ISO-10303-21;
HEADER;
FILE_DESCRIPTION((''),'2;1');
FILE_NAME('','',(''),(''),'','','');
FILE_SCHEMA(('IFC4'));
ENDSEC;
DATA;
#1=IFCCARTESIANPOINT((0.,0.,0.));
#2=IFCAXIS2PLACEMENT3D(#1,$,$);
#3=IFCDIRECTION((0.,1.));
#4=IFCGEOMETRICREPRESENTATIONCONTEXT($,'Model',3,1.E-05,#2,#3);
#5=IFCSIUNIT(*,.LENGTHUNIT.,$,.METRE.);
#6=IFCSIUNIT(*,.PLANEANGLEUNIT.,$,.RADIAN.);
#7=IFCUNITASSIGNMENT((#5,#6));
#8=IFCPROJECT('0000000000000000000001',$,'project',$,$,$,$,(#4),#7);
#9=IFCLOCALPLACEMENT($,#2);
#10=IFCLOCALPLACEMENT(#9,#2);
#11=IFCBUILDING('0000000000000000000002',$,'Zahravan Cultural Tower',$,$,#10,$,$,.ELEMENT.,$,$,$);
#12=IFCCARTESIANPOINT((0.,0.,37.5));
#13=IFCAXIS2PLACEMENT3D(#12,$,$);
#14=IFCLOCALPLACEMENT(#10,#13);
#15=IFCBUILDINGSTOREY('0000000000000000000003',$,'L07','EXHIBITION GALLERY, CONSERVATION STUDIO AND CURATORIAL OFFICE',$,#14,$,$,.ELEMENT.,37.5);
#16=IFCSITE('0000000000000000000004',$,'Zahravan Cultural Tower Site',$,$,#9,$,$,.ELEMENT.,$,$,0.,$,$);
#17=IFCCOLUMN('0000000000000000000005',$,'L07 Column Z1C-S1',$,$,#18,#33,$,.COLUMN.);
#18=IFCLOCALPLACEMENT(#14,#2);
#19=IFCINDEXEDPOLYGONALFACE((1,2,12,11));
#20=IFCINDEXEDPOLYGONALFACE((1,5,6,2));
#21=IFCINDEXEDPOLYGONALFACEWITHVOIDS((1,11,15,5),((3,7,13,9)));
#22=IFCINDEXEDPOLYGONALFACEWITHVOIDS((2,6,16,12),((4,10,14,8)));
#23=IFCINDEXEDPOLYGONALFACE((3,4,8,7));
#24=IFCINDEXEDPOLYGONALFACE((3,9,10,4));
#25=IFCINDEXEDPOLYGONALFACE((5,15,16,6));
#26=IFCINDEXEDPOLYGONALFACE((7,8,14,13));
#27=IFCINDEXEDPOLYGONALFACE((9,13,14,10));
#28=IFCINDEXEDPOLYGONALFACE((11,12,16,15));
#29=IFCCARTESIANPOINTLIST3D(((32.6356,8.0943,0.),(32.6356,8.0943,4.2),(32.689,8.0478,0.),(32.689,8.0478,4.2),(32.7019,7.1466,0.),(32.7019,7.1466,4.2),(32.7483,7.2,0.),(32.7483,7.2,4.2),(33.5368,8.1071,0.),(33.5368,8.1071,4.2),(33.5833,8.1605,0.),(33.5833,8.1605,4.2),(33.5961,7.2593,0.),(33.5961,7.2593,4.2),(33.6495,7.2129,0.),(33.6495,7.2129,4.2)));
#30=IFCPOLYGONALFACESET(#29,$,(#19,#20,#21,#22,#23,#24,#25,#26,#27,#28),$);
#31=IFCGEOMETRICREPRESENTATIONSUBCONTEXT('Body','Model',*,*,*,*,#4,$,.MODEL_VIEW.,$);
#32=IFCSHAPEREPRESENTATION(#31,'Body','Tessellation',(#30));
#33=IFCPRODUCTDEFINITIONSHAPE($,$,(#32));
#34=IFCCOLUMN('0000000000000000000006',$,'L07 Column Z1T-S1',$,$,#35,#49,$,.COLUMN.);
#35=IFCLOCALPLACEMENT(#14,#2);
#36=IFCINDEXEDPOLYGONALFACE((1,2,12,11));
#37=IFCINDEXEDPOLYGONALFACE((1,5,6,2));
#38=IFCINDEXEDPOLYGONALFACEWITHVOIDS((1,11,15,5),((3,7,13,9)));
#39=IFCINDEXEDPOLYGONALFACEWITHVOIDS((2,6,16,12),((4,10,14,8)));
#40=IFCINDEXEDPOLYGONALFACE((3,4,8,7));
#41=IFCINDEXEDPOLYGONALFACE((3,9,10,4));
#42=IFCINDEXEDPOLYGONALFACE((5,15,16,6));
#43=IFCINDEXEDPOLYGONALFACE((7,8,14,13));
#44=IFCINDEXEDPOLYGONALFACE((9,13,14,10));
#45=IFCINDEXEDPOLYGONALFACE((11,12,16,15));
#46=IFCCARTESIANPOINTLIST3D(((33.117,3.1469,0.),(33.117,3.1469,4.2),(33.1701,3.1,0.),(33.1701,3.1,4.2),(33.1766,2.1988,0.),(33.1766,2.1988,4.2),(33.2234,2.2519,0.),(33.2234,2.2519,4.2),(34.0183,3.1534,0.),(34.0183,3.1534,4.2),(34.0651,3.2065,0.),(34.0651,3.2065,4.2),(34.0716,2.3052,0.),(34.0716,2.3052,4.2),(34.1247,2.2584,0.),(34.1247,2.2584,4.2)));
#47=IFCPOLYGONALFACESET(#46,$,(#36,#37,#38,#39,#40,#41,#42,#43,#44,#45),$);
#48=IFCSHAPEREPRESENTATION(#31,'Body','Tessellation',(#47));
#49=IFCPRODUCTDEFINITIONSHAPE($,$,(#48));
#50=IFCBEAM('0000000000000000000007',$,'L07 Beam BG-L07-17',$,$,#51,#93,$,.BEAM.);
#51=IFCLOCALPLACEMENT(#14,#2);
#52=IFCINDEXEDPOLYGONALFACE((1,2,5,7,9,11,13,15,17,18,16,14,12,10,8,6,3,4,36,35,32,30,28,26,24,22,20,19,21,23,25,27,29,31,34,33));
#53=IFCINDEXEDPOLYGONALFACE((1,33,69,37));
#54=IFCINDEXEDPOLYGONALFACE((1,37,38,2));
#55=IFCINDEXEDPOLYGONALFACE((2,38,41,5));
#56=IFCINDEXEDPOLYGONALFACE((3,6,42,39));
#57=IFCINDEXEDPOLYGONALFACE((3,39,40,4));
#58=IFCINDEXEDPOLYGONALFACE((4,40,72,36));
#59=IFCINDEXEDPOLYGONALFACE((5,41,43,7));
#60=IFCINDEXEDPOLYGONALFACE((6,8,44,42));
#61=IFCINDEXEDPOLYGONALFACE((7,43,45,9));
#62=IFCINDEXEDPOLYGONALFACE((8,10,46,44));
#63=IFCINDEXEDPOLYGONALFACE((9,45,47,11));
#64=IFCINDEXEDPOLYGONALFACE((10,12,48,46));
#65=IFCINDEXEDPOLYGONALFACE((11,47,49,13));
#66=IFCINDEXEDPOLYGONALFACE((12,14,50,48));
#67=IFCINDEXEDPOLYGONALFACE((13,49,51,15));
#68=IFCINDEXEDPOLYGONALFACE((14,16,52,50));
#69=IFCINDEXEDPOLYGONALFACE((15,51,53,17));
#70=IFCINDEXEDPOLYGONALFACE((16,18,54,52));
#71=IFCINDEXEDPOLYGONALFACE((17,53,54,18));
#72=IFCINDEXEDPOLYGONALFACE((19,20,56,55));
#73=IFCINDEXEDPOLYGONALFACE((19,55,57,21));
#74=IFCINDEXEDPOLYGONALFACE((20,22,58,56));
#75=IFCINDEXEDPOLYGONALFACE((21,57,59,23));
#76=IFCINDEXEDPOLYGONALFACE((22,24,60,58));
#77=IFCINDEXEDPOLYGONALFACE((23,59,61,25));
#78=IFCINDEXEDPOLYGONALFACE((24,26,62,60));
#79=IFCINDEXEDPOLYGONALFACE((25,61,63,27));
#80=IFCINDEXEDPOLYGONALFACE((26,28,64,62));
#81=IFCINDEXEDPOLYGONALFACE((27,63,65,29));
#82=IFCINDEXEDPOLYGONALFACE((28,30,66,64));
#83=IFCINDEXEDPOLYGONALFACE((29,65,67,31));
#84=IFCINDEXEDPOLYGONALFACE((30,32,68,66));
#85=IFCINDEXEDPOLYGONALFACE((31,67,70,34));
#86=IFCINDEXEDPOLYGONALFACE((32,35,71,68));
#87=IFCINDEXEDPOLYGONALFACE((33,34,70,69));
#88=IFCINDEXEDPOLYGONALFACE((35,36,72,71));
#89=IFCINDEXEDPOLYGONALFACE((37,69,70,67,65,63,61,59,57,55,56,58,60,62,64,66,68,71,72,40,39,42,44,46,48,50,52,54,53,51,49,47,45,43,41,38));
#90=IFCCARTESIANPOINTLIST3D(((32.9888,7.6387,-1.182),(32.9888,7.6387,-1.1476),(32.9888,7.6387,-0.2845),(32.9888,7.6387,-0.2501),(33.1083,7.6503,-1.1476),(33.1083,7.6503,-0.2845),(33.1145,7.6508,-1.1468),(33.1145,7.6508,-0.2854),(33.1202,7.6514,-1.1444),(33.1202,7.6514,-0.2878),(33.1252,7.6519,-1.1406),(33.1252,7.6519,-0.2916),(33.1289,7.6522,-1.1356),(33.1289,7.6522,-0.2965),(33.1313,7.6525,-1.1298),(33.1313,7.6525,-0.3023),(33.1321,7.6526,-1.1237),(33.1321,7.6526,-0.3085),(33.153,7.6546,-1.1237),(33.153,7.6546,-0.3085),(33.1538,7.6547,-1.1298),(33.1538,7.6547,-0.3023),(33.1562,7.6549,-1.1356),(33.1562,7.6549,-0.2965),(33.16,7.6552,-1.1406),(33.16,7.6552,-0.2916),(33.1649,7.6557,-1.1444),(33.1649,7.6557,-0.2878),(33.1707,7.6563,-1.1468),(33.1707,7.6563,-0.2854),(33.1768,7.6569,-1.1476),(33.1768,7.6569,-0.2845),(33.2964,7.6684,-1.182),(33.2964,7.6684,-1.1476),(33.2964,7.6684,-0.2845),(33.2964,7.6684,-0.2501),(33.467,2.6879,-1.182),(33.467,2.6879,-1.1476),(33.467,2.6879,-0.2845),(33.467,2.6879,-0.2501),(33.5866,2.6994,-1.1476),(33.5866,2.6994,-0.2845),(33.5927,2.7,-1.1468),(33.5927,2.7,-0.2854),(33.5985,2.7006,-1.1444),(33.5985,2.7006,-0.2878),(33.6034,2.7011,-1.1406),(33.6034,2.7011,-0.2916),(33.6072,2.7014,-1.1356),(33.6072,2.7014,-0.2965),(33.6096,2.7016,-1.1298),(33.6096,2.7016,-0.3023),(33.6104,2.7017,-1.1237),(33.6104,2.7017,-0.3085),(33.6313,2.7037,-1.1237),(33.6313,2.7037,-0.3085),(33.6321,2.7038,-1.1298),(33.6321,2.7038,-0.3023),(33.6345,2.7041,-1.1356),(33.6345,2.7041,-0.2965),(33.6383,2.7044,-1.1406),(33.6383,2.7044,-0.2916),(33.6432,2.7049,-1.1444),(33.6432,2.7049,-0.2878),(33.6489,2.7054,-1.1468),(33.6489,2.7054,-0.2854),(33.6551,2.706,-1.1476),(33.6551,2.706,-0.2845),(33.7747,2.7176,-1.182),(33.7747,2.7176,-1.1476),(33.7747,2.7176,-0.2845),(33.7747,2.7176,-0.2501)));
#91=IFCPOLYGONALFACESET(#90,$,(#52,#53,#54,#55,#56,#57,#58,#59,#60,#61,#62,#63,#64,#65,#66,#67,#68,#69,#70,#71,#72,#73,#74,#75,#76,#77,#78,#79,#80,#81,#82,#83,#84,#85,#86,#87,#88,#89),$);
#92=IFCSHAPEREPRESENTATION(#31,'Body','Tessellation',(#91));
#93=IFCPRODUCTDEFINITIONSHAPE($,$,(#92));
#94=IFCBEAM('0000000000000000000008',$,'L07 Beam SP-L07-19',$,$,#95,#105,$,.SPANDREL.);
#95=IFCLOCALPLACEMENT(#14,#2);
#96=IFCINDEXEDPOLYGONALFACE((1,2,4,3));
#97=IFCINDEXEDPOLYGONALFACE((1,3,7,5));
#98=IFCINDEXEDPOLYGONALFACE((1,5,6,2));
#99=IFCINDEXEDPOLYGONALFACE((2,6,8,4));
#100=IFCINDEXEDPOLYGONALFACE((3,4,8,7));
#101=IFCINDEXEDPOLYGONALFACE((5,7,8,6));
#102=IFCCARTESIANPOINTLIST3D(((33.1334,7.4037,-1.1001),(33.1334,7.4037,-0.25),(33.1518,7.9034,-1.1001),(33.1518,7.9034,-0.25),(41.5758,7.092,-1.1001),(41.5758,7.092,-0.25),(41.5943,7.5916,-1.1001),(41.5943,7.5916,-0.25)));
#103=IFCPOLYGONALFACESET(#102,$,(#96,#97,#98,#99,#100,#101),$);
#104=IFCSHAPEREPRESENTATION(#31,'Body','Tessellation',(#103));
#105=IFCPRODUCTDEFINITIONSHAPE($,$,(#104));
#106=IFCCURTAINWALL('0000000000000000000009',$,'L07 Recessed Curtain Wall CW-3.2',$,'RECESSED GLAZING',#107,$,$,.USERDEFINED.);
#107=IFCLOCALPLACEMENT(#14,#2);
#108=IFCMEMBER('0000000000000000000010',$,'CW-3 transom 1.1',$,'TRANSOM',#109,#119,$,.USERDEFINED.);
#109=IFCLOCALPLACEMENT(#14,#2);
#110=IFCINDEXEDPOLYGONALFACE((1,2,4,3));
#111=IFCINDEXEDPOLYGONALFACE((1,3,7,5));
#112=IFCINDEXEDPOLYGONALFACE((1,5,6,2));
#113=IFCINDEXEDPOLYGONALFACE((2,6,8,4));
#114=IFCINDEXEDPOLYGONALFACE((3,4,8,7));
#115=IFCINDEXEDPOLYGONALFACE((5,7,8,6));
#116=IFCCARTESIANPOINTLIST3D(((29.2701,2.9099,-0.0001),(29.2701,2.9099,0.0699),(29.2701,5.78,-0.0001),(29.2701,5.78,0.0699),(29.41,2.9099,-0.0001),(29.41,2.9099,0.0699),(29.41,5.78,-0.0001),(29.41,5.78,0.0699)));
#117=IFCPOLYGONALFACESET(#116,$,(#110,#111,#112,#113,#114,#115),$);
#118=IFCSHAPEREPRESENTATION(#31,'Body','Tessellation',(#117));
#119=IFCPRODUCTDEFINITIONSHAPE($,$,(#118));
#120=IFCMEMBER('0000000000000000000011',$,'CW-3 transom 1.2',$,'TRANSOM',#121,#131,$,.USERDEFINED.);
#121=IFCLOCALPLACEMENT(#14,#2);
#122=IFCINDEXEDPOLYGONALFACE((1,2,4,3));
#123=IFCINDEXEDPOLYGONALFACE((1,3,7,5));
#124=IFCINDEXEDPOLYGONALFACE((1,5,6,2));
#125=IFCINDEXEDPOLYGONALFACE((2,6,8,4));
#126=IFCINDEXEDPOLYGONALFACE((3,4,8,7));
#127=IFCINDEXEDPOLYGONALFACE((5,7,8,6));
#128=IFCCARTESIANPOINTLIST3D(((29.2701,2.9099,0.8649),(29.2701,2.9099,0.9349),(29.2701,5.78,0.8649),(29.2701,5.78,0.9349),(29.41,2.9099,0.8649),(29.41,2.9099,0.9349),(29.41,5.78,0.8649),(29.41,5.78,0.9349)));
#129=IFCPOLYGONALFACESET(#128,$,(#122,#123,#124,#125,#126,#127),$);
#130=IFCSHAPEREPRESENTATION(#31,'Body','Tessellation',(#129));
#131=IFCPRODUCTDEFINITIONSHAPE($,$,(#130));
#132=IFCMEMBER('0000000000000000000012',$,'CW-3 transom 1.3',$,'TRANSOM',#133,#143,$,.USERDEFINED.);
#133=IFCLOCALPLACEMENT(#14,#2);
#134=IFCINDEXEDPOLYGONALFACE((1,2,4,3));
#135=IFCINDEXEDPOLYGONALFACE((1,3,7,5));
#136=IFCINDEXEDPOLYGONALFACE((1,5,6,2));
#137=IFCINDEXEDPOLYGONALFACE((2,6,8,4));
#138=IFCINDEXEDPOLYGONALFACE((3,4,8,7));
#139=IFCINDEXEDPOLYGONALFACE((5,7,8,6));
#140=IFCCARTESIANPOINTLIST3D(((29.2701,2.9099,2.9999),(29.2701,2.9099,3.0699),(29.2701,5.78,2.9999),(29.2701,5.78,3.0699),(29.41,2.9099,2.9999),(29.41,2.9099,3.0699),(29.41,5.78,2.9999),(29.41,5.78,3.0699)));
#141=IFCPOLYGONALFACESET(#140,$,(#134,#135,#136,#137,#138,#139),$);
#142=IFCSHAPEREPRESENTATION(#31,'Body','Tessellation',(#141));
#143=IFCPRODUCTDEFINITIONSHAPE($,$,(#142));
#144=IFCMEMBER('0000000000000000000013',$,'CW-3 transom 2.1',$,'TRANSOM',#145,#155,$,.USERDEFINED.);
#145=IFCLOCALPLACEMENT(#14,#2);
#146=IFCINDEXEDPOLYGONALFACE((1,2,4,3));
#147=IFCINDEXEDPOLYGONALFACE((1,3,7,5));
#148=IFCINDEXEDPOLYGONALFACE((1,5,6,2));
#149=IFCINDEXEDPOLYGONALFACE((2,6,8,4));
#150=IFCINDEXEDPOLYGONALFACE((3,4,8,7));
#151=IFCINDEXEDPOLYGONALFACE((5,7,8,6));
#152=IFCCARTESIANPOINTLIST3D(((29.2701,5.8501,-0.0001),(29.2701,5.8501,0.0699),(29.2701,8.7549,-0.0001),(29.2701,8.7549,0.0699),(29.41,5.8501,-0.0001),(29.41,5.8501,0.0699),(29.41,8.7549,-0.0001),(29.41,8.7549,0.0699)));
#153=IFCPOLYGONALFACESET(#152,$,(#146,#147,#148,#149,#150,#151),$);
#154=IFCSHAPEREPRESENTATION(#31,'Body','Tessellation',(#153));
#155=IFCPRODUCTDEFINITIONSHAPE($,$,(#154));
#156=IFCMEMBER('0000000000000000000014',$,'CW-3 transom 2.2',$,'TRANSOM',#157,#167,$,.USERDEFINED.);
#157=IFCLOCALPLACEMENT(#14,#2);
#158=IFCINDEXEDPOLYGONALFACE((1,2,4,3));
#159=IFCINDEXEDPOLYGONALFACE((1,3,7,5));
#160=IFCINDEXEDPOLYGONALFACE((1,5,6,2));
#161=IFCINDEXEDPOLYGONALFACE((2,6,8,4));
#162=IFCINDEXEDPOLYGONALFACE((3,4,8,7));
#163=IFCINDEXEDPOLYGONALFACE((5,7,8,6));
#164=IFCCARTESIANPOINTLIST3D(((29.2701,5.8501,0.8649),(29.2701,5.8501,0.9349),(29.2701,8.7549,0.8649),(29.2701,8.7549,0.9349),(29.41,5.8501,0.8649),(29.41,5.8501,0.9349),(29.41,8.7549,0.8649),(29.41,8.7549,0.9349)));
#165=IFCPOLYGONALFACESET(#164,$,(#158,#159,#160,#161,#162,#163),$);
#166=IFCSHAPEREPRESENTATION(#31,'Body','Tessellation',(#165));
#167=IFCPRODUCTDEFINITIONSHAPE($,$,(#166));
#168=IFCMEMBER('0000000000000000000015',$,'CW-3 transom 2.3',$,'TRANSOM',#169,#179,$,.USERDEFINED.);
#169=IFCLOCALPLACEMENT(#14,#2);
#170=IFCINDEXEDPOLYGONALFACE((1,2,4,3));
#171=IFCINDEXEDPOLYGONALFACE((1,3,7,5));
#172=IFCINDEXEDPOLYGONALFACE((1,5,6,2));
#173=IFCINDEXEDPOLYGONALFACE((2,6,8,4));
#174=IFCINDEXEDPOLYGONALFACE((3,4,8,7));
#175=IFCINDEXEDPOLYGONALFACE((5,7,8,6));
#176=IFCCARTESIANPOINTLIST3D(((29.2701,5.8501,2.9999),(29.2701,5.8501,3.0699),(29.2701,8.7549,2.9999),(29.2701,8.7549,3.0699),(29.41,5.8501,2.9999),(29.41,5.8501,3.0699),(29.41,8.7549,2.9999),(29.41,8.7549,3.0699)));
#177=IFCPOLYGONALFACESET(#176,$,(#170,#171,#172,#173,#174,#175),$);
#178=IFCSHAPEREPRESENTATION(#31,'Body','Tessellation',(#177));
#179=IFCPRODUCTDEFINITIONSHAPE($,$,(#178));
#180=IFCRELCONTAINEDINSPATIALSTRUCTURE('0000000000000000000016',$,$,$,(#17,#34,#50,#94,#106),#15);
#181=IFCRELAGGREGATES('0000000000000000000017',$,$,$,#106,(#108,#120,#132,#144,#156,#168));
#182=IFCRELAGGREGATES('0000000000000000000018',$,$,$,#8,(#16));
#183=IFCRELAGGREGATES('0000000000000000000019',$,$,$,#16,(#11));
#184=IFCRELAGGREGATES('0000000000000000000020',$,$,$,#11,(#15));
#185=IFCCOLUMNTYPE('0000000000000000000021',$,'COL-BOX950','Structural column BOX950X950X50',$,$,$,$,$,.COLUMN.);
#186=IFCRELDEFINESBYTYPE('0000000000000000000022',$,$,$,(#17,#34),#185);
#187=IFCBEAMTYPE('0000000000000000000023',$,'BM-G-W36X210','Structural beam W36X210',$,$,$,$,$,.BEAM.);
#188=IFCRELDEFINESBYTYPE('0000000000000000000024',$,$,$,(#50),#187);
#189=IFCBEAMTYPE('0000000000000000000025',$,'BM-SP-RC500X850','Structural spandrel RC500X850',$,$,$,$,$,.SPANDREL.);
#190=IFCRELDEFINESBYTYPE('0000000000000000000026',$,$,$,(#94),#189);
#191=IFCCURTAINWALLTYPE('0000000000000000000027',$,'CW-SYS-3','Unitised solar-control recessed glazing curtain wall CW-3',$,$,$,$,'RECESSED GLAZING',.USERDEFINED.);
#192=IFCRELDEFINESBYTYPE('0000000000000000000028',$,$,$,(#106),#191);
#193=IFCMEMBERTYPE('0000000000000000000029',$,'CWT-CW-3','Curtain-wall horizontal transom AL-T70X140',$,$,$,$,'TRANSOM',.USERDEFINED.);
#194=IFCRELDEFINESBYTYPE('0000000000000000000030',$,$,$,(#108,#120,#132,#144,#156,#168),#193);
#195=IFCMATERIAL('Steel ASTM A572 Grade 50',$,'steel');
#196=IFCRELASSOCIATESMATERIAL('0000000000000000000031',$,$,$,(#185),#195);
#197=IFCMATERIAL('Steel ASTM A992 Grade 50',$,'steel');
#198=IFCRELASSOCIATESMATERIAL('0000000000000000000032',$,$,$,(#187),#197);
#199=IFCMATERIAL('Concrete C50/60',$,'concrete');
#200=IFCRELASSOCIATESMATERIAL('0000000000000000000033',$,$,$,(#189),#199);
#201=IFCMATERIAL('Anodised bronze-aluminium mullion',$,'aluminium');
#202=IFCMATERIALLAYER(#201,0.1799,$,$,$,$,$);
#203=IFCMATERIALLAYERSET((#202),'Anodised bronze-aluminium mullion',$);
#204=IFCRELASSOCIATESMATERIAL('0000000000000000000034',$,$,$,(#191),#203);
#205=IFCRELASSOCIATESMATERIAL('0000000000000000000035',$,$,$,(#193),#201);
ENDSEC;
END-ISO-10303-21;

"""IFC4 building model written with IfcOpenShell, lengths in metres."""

from ifc_helpers import new_model, si_unit, direction, frame, origin, origin_2d, place, context, subcontext, project, spatial, rectangle, hollow_rectangle, i_section, extrude, source, transform, mapped, material, layer, layer_set, material_profile, profile_set, type_object, element, aggregate, save


model = new_model("IFC4")

# Units and contexts
model_context = context("Model", 3, precision=1e-05, world=origin(), true_north=direction((0.0, 1.0)))
body_context = subcontext(model_context, "Body", "Model", "MODEL_VIEW")
ifc_project = project(units=[si_unit("LENGTHUNIT", "METRE"), si_unit("PLANEANGLEUNIT", "RADIAN")], contexts=[model_context])

# Site, building, storey
site_placement = place(None, origin())
site = spatial("IfcSite", under=ifc_project, at=site_placement, Name="Zahravan Cultural Tower Site", CompositionType="ELEMENT", RefElevation=0.0)
building_placement = place(site_placement, origin())
building = spatial("IfcBuilding", under=site, at=building_placement, Name="Zahravan Cultural Tower", CompositionType="ELEMENT")
storey_placement = place(building_placement, frame((0.0, 0.0, 37.5)))
storey = spatial("IfcBuildingStorey", under=building, at=storey_placement, Name="L07", Description="EXHIBITION GALLERY, CONSERVATION STUDIO AND CURATORIAL OFFICE", CompositionType="ELEMENT", Elevation=37.5)

# Columns
ifc_material_1 = material(Name="Steel ASTM A572 Grade 50", Category="steel")
ifc_material_profile_1 = material_profile(ifc_material_1, hollow_rectangle(XDim=0.95, YDim=0.95, WallThickness=0.05, at=origin_2d()), Name="BOX950X950X50")
ifc_profile_set_1 = profile_set([ifc_material_profile_1], Name="Steel ASTM A572 Grade 50")
column_type = type_object("IfcColumnType", Name="COL-BOX950", Description="Structural column BOX950X950X50", PredefinedType="COLUMN", material=ifc_profile_set_1)
shared_shape_1 = source(origin(), body_context, "Body", "SweptSolid", [
    extrude(hollow_rectangle(XDim=0.95, YDim=0.95, WallThickness=0.05, at=origin_2d()), origin(), (0.0, 0.0, 1.0), 4.2),
])
for number, where, z_axis, x_axis, name in (
    (1, (33.1426, 7.6536, 0.0), (0.0, 0.0, 1.0), (-0.069756, 0.997564, 0.0), "L07 Column Z1C-S1"),
    (2, (33.6208, 2.7026, 0.0), (0.0, 0.0, 1.0), (-0.062791, 0.998027, 0.0), "L07 Column Z1T-S1"),
):
    element("IfcColumn", number, at=place(storey_placement, frame(where, z_axis=z_axis, x_axis=x_axis)), inside=storey, type_object=column_type, Name=name, PredefinedType="COLUMN", context=body_context, shape_type="MappedRepresentation", body=[
        mapped(shared_shape_1, transform((0.0, 0.0, 0.0), x_axis=(1.0, 0.0, 0.0), y_axis=(0.0, 1.0, 0.0), z_axis=(0.0, 0.0, 1.0), scale=1.0)),
    ])

# Beams
ifc_material_2 = material(Name="Steel ASTM A992 Grade 50", Category="steel")
ifc_material_profile_2 = material_profile(ifc_material_2, i_section(OverallWidth=0.3091, OverallDepth=0.9319, WebThickness=0.021, FlangeThickness=0.0344, FilletRadius=0.0239, at=origin_2d()), Name="W36X210")
ifc_profile_set_2 = profile_set([ifc_material_profile_2], Name="Steel ASTM A992 Grade 50")
beam_type_1 = type_object("IfcBeamType", Name="BM-G-W36X210", Description="Structural beam W36X210", PredefinedType="BEAM", material=ifc_profile_set_2)
shared_shape_2 = source(origin(), body_context, "Body", "SweptSolid", [
    extrude(i_section(OverallWidth=0.3091, OverallDepth=0.9319, WebThickness=0.021, FlangeThickness=0.0344, FilletRadius=0.0239, at=origin_2d()), origin(), (0.0, 0.0, 1.0), 4.9739),
])
beam_1_placement = place(storey_placement, frame((33.1426, 7.6536, -0.7161), z_axis=(0.096155, -0.995366, 0.0), x_axis=(0.995366, 0.096155, 0.0)))
element("IfcBeam", 3, at=beam_1_placement, inside=storey, type_object=beam_type_1, Name="L07 Beam BG-L07-17", PredefinedType="BEAM", context=body_context, shape_type="MappedRepresentation", body=[
    mapped(shared_shape_2, transform((0.0, 0.0, 0.0), x_axis=(1.0, 0.0, 0.0), y_axis=(0.0, 1.0, 0.0), z_axis=(0.0, 0.0, 1.0), scale=1.0)),
])
ifc_material_3 = material(Name="Concrete C50/60", Category="concrete")
ifc_material_profile_3 = material_profile(ifc_material_3, rectangle(XDim=0.5, YDim=0.8501, at=origin_2d()), Name="RC500X850")
ifc_profile_set_3 = profile_set([ifc_material_profile_3], Name="Concrete C50/60")
beam_type_2 = type_object("IfcBeamType", Name="BM-SP-RC500X850", Description="Structural spandrel RC500X850", PredefinedType="SPANDREL", material=ifc_profile_set_3)
shared_shape_3 = source(origin(), body_context, "Body", "SweptSolid", [
    extrude(rectangle(XDim=0.5, YDim=0.8501, at=origin_2d()), origin(), (0.0, 0.0, 1.0), 8.4482),
])
beam_2_placement = place(storey_placement, frame((33.1426, 7.6536, -0.675), z_axis=(0.999319, -0.036904, 0.0), x_axis=(0.036904, 0.999319, 0.0)))
element("IfcBeam", 4, at=beam_2_placement, inside=storey, type_object=beam_type_2, Name="L07 Beam SP-L07-19", PredefinedType="SPANDREL", context=body_context, shape_type="MappedRepresentation", body=[
    mapped(shared_shape_3, transform((0.0, 0.0, 0.0), x_axis=(1.0, 0.0, 0.0), y_axis=(0.0, 1.0, 0.0), z_axis=(0.0, 0.0, 1.0), scale=1.0)),
])

# Curtain wall, members
ifc_material_4 = material(Name="Anodised bronze-aluminium mullion", Category="aluminium")
ifc_layer_1 = layer(ifc_material_4, 0.1799)
ifc_layer_set_1 = layer_set([ifc_layer_1], Name="Anodised bronze-aluminium mullion")
curtain_wall_type = type_object("IfcCurtainWallType", Name="CW-SYS-3", Description="Unitised solar-control recessed glazing curtain wall CW-3", ElementType="RECESSED GLAZING", PredefinedType="USERDEFINED", material=ifc_layer_set_1)
curtain_wall_placement = place(storey_placement, origin())
curtain_wall = element("IfcCurtainWall", 5, at=curtain_wall_placement, inside=storey, type_object=curtain_wall_type, Name="L07 Recessed Curtain Wall CW-3.2", ObjectType="RECESSED GLAZING", PredefinedType="USERDEFINED")
ifc_material_profile_4 = material_profile(ifc_material_4, rectangle(XDim=0.1399, YDim=0.0701, at=origin_2d()), Name="AL-T70X140")
ifc_profile_set_4 = profile_set([ifc_material_profile_4], Name="Anodised bronze-aluminium mullion")
member_type_1 = type_object("IfcMemberType", Name="CWT-CW-3", Description="Curtain-wall horizontal transom AL-T70X140", ElementType="TRANSOM", PredefinedType="USERDEFINED", material=ifc_profile_set_4)
shared_shape_4 = source(origin(), body_context, "Body", "SweptSolid", [
    extrude(rectangle(XDim=0.1399, YDim=0.0701, at=origin_2d()), origin(), (0.0, 0.0, 1.0), 2.8701),
])
member_1_placement = place(storey_placement, frame((29.3401, 2.9099, 0.0349), z_axis=(0.0, 1.0, 0.0), x_axis=(-1.0, 0.0, 0.0)))
member_1 = element("IfcMember", 6, at=member_1_placement, type_object=member_type_1, Name="CW-3 transom 1.1", ObjectType="TRANSOM", PredefinedType="USERDEFINED", context=body_context, shape_type="MappedRepresentation", body=[
    mapped(shared_shape_4, transform((0.0, 0.0, 0.0), x_axis=(1.0, 0.0, 0.0), y_axis=(0.0, 1.0, 0.0), z_axis=(0.0, 0.0, 1.0), scale=1.0)),
])
member_2_placement = place(storey_placement, frame((29.3401, 2.9099, 0.8999), z_axis=(0.0, 1.0, 0.0), x_axis=(-1.0, 0.0, 0.0)))
member_2 = element("IfcMember", 7, at=member_2_placement, type_object=member_type_1, Name="CW-3 transom 1.2", ObjectType="TRANSOM", PredefinedType="USERDEFINED", context=body_context, shape_type="MappedRepresentation", body=[
    mapped(shared_shape_4, transform((0.0, 0.0, 0.0), x_axis=(1.0, 0.0, 0.0), y_axis=(0.0, 1.0, 0.0), z_axis=(0.0, 0.0, 1.0), scale=1.0)),
])
member_3_placement = place(storey_placement, frame((29.3401, 2.9099, 3.0349), z_axis=(0.0, 1.0, 0.0), x_axis=(-1.0, 0.0, 0.0)))
member_3 = element("IfcMember", 8, at=member_3_placement, type_object=member_type_1, Name="CW-3 transom 1.3", ObjectType="TRANSOM", PredefinedType="USERDEFINED", context=body_context, shape_type="MappedRepresentation", body=[
    mapped(shared_shape_4, transform((0.0, 0.0, 0.0), x_axis=(1.0, 0.0, 0.0), y_axis=(0.0, 1.0, 0.0), z_axis=(0.0, 0.0, 1.0), scale=1.0)),
])
shared_shape_5 = source(origin(), body_context, "Body", "SweptSolid", [
    extrude(rectangle(XDim=0.1399, YDim=0.0701, at=origin_2d()), origin(), (0.0, 0.0, 1.0), 2.9048),
])
member_4_placement = place(storey_placement, frame((29.3401, 5.8501, 0.0349), z_axis=(0.0, 1.0, 0.0), x_axis=(-1.0, 0.0, 0.0)))
member_4 = element("IfcMember", 9, at=member_4_placement, type_object=member_type_1, Name="CW-3 transom 2.1", ObjectType="TRANSOM", PredefinedType="USERDEFINED", context=body_context, shape_type="MappedRepresentation", body=[
    mapped(shared_shape_5, transform((0.0, 0.0, 0.0), x_axis=(1.0, 0.0, 0.0), y_axis=(0.0, 1.0, 0.0), z_axis=(0.0, 0.0, 1.0), scale=1.0)),
])
member_5_placement = place(storey_placement, frame((29.3401, 5.8501, 0.8999), z_axis=(0.0, 1.0, 0.0), x_axis=(-1.0, 0.0, 0.0)))
member_5 = element("IfcMember", 10, at=member_5_placement, type_object=member_type_1, Name="CW-3 transom 2.2", ObjectType="TRANSOM", PredefinedType="USERDEFINED", context=body_context, shape_type="MappedRepresentation", body=[
    mapped(shared_shape_5, transform((0.0, 0.0, 0.0), x_axis=(1.0, 0.0, 0.0), y_axis=(0.0, 1.0, 0.0), z_axis=(0.0, 0.0, 1.0), scale=1.0)),
])
member_6_placement = place(storey_placement, frame((29.3401, 5.8501, 3.0349), z_axis=(0.0, 1.0, 0.0), x_axis=(-1.0, 0.0, 0.0)))
member_6 = element("IfcMember", 11, at=member_6_placement, type_object=member_type_1, Name="CW-3 transom 2.3", ObjectType="TRANSOM", PredefinedType="USERDEFINED", context=body_context, shape_type="MappedRepresentation", body=[
    mapped(shared_shape_5, transform((0.0, 0.0, 0.0), x_axis=(1.0, 0.0, 0.0), y_axis=(0.0, 1.0, 0.0), z_axis=(0.0, 0.0, 1.0), scale=1.0)),
])
aggregate(curtain_wall, [member_1, member_2, member_3, member_4, member_5, member_6])

save(model, "model.ifc")
